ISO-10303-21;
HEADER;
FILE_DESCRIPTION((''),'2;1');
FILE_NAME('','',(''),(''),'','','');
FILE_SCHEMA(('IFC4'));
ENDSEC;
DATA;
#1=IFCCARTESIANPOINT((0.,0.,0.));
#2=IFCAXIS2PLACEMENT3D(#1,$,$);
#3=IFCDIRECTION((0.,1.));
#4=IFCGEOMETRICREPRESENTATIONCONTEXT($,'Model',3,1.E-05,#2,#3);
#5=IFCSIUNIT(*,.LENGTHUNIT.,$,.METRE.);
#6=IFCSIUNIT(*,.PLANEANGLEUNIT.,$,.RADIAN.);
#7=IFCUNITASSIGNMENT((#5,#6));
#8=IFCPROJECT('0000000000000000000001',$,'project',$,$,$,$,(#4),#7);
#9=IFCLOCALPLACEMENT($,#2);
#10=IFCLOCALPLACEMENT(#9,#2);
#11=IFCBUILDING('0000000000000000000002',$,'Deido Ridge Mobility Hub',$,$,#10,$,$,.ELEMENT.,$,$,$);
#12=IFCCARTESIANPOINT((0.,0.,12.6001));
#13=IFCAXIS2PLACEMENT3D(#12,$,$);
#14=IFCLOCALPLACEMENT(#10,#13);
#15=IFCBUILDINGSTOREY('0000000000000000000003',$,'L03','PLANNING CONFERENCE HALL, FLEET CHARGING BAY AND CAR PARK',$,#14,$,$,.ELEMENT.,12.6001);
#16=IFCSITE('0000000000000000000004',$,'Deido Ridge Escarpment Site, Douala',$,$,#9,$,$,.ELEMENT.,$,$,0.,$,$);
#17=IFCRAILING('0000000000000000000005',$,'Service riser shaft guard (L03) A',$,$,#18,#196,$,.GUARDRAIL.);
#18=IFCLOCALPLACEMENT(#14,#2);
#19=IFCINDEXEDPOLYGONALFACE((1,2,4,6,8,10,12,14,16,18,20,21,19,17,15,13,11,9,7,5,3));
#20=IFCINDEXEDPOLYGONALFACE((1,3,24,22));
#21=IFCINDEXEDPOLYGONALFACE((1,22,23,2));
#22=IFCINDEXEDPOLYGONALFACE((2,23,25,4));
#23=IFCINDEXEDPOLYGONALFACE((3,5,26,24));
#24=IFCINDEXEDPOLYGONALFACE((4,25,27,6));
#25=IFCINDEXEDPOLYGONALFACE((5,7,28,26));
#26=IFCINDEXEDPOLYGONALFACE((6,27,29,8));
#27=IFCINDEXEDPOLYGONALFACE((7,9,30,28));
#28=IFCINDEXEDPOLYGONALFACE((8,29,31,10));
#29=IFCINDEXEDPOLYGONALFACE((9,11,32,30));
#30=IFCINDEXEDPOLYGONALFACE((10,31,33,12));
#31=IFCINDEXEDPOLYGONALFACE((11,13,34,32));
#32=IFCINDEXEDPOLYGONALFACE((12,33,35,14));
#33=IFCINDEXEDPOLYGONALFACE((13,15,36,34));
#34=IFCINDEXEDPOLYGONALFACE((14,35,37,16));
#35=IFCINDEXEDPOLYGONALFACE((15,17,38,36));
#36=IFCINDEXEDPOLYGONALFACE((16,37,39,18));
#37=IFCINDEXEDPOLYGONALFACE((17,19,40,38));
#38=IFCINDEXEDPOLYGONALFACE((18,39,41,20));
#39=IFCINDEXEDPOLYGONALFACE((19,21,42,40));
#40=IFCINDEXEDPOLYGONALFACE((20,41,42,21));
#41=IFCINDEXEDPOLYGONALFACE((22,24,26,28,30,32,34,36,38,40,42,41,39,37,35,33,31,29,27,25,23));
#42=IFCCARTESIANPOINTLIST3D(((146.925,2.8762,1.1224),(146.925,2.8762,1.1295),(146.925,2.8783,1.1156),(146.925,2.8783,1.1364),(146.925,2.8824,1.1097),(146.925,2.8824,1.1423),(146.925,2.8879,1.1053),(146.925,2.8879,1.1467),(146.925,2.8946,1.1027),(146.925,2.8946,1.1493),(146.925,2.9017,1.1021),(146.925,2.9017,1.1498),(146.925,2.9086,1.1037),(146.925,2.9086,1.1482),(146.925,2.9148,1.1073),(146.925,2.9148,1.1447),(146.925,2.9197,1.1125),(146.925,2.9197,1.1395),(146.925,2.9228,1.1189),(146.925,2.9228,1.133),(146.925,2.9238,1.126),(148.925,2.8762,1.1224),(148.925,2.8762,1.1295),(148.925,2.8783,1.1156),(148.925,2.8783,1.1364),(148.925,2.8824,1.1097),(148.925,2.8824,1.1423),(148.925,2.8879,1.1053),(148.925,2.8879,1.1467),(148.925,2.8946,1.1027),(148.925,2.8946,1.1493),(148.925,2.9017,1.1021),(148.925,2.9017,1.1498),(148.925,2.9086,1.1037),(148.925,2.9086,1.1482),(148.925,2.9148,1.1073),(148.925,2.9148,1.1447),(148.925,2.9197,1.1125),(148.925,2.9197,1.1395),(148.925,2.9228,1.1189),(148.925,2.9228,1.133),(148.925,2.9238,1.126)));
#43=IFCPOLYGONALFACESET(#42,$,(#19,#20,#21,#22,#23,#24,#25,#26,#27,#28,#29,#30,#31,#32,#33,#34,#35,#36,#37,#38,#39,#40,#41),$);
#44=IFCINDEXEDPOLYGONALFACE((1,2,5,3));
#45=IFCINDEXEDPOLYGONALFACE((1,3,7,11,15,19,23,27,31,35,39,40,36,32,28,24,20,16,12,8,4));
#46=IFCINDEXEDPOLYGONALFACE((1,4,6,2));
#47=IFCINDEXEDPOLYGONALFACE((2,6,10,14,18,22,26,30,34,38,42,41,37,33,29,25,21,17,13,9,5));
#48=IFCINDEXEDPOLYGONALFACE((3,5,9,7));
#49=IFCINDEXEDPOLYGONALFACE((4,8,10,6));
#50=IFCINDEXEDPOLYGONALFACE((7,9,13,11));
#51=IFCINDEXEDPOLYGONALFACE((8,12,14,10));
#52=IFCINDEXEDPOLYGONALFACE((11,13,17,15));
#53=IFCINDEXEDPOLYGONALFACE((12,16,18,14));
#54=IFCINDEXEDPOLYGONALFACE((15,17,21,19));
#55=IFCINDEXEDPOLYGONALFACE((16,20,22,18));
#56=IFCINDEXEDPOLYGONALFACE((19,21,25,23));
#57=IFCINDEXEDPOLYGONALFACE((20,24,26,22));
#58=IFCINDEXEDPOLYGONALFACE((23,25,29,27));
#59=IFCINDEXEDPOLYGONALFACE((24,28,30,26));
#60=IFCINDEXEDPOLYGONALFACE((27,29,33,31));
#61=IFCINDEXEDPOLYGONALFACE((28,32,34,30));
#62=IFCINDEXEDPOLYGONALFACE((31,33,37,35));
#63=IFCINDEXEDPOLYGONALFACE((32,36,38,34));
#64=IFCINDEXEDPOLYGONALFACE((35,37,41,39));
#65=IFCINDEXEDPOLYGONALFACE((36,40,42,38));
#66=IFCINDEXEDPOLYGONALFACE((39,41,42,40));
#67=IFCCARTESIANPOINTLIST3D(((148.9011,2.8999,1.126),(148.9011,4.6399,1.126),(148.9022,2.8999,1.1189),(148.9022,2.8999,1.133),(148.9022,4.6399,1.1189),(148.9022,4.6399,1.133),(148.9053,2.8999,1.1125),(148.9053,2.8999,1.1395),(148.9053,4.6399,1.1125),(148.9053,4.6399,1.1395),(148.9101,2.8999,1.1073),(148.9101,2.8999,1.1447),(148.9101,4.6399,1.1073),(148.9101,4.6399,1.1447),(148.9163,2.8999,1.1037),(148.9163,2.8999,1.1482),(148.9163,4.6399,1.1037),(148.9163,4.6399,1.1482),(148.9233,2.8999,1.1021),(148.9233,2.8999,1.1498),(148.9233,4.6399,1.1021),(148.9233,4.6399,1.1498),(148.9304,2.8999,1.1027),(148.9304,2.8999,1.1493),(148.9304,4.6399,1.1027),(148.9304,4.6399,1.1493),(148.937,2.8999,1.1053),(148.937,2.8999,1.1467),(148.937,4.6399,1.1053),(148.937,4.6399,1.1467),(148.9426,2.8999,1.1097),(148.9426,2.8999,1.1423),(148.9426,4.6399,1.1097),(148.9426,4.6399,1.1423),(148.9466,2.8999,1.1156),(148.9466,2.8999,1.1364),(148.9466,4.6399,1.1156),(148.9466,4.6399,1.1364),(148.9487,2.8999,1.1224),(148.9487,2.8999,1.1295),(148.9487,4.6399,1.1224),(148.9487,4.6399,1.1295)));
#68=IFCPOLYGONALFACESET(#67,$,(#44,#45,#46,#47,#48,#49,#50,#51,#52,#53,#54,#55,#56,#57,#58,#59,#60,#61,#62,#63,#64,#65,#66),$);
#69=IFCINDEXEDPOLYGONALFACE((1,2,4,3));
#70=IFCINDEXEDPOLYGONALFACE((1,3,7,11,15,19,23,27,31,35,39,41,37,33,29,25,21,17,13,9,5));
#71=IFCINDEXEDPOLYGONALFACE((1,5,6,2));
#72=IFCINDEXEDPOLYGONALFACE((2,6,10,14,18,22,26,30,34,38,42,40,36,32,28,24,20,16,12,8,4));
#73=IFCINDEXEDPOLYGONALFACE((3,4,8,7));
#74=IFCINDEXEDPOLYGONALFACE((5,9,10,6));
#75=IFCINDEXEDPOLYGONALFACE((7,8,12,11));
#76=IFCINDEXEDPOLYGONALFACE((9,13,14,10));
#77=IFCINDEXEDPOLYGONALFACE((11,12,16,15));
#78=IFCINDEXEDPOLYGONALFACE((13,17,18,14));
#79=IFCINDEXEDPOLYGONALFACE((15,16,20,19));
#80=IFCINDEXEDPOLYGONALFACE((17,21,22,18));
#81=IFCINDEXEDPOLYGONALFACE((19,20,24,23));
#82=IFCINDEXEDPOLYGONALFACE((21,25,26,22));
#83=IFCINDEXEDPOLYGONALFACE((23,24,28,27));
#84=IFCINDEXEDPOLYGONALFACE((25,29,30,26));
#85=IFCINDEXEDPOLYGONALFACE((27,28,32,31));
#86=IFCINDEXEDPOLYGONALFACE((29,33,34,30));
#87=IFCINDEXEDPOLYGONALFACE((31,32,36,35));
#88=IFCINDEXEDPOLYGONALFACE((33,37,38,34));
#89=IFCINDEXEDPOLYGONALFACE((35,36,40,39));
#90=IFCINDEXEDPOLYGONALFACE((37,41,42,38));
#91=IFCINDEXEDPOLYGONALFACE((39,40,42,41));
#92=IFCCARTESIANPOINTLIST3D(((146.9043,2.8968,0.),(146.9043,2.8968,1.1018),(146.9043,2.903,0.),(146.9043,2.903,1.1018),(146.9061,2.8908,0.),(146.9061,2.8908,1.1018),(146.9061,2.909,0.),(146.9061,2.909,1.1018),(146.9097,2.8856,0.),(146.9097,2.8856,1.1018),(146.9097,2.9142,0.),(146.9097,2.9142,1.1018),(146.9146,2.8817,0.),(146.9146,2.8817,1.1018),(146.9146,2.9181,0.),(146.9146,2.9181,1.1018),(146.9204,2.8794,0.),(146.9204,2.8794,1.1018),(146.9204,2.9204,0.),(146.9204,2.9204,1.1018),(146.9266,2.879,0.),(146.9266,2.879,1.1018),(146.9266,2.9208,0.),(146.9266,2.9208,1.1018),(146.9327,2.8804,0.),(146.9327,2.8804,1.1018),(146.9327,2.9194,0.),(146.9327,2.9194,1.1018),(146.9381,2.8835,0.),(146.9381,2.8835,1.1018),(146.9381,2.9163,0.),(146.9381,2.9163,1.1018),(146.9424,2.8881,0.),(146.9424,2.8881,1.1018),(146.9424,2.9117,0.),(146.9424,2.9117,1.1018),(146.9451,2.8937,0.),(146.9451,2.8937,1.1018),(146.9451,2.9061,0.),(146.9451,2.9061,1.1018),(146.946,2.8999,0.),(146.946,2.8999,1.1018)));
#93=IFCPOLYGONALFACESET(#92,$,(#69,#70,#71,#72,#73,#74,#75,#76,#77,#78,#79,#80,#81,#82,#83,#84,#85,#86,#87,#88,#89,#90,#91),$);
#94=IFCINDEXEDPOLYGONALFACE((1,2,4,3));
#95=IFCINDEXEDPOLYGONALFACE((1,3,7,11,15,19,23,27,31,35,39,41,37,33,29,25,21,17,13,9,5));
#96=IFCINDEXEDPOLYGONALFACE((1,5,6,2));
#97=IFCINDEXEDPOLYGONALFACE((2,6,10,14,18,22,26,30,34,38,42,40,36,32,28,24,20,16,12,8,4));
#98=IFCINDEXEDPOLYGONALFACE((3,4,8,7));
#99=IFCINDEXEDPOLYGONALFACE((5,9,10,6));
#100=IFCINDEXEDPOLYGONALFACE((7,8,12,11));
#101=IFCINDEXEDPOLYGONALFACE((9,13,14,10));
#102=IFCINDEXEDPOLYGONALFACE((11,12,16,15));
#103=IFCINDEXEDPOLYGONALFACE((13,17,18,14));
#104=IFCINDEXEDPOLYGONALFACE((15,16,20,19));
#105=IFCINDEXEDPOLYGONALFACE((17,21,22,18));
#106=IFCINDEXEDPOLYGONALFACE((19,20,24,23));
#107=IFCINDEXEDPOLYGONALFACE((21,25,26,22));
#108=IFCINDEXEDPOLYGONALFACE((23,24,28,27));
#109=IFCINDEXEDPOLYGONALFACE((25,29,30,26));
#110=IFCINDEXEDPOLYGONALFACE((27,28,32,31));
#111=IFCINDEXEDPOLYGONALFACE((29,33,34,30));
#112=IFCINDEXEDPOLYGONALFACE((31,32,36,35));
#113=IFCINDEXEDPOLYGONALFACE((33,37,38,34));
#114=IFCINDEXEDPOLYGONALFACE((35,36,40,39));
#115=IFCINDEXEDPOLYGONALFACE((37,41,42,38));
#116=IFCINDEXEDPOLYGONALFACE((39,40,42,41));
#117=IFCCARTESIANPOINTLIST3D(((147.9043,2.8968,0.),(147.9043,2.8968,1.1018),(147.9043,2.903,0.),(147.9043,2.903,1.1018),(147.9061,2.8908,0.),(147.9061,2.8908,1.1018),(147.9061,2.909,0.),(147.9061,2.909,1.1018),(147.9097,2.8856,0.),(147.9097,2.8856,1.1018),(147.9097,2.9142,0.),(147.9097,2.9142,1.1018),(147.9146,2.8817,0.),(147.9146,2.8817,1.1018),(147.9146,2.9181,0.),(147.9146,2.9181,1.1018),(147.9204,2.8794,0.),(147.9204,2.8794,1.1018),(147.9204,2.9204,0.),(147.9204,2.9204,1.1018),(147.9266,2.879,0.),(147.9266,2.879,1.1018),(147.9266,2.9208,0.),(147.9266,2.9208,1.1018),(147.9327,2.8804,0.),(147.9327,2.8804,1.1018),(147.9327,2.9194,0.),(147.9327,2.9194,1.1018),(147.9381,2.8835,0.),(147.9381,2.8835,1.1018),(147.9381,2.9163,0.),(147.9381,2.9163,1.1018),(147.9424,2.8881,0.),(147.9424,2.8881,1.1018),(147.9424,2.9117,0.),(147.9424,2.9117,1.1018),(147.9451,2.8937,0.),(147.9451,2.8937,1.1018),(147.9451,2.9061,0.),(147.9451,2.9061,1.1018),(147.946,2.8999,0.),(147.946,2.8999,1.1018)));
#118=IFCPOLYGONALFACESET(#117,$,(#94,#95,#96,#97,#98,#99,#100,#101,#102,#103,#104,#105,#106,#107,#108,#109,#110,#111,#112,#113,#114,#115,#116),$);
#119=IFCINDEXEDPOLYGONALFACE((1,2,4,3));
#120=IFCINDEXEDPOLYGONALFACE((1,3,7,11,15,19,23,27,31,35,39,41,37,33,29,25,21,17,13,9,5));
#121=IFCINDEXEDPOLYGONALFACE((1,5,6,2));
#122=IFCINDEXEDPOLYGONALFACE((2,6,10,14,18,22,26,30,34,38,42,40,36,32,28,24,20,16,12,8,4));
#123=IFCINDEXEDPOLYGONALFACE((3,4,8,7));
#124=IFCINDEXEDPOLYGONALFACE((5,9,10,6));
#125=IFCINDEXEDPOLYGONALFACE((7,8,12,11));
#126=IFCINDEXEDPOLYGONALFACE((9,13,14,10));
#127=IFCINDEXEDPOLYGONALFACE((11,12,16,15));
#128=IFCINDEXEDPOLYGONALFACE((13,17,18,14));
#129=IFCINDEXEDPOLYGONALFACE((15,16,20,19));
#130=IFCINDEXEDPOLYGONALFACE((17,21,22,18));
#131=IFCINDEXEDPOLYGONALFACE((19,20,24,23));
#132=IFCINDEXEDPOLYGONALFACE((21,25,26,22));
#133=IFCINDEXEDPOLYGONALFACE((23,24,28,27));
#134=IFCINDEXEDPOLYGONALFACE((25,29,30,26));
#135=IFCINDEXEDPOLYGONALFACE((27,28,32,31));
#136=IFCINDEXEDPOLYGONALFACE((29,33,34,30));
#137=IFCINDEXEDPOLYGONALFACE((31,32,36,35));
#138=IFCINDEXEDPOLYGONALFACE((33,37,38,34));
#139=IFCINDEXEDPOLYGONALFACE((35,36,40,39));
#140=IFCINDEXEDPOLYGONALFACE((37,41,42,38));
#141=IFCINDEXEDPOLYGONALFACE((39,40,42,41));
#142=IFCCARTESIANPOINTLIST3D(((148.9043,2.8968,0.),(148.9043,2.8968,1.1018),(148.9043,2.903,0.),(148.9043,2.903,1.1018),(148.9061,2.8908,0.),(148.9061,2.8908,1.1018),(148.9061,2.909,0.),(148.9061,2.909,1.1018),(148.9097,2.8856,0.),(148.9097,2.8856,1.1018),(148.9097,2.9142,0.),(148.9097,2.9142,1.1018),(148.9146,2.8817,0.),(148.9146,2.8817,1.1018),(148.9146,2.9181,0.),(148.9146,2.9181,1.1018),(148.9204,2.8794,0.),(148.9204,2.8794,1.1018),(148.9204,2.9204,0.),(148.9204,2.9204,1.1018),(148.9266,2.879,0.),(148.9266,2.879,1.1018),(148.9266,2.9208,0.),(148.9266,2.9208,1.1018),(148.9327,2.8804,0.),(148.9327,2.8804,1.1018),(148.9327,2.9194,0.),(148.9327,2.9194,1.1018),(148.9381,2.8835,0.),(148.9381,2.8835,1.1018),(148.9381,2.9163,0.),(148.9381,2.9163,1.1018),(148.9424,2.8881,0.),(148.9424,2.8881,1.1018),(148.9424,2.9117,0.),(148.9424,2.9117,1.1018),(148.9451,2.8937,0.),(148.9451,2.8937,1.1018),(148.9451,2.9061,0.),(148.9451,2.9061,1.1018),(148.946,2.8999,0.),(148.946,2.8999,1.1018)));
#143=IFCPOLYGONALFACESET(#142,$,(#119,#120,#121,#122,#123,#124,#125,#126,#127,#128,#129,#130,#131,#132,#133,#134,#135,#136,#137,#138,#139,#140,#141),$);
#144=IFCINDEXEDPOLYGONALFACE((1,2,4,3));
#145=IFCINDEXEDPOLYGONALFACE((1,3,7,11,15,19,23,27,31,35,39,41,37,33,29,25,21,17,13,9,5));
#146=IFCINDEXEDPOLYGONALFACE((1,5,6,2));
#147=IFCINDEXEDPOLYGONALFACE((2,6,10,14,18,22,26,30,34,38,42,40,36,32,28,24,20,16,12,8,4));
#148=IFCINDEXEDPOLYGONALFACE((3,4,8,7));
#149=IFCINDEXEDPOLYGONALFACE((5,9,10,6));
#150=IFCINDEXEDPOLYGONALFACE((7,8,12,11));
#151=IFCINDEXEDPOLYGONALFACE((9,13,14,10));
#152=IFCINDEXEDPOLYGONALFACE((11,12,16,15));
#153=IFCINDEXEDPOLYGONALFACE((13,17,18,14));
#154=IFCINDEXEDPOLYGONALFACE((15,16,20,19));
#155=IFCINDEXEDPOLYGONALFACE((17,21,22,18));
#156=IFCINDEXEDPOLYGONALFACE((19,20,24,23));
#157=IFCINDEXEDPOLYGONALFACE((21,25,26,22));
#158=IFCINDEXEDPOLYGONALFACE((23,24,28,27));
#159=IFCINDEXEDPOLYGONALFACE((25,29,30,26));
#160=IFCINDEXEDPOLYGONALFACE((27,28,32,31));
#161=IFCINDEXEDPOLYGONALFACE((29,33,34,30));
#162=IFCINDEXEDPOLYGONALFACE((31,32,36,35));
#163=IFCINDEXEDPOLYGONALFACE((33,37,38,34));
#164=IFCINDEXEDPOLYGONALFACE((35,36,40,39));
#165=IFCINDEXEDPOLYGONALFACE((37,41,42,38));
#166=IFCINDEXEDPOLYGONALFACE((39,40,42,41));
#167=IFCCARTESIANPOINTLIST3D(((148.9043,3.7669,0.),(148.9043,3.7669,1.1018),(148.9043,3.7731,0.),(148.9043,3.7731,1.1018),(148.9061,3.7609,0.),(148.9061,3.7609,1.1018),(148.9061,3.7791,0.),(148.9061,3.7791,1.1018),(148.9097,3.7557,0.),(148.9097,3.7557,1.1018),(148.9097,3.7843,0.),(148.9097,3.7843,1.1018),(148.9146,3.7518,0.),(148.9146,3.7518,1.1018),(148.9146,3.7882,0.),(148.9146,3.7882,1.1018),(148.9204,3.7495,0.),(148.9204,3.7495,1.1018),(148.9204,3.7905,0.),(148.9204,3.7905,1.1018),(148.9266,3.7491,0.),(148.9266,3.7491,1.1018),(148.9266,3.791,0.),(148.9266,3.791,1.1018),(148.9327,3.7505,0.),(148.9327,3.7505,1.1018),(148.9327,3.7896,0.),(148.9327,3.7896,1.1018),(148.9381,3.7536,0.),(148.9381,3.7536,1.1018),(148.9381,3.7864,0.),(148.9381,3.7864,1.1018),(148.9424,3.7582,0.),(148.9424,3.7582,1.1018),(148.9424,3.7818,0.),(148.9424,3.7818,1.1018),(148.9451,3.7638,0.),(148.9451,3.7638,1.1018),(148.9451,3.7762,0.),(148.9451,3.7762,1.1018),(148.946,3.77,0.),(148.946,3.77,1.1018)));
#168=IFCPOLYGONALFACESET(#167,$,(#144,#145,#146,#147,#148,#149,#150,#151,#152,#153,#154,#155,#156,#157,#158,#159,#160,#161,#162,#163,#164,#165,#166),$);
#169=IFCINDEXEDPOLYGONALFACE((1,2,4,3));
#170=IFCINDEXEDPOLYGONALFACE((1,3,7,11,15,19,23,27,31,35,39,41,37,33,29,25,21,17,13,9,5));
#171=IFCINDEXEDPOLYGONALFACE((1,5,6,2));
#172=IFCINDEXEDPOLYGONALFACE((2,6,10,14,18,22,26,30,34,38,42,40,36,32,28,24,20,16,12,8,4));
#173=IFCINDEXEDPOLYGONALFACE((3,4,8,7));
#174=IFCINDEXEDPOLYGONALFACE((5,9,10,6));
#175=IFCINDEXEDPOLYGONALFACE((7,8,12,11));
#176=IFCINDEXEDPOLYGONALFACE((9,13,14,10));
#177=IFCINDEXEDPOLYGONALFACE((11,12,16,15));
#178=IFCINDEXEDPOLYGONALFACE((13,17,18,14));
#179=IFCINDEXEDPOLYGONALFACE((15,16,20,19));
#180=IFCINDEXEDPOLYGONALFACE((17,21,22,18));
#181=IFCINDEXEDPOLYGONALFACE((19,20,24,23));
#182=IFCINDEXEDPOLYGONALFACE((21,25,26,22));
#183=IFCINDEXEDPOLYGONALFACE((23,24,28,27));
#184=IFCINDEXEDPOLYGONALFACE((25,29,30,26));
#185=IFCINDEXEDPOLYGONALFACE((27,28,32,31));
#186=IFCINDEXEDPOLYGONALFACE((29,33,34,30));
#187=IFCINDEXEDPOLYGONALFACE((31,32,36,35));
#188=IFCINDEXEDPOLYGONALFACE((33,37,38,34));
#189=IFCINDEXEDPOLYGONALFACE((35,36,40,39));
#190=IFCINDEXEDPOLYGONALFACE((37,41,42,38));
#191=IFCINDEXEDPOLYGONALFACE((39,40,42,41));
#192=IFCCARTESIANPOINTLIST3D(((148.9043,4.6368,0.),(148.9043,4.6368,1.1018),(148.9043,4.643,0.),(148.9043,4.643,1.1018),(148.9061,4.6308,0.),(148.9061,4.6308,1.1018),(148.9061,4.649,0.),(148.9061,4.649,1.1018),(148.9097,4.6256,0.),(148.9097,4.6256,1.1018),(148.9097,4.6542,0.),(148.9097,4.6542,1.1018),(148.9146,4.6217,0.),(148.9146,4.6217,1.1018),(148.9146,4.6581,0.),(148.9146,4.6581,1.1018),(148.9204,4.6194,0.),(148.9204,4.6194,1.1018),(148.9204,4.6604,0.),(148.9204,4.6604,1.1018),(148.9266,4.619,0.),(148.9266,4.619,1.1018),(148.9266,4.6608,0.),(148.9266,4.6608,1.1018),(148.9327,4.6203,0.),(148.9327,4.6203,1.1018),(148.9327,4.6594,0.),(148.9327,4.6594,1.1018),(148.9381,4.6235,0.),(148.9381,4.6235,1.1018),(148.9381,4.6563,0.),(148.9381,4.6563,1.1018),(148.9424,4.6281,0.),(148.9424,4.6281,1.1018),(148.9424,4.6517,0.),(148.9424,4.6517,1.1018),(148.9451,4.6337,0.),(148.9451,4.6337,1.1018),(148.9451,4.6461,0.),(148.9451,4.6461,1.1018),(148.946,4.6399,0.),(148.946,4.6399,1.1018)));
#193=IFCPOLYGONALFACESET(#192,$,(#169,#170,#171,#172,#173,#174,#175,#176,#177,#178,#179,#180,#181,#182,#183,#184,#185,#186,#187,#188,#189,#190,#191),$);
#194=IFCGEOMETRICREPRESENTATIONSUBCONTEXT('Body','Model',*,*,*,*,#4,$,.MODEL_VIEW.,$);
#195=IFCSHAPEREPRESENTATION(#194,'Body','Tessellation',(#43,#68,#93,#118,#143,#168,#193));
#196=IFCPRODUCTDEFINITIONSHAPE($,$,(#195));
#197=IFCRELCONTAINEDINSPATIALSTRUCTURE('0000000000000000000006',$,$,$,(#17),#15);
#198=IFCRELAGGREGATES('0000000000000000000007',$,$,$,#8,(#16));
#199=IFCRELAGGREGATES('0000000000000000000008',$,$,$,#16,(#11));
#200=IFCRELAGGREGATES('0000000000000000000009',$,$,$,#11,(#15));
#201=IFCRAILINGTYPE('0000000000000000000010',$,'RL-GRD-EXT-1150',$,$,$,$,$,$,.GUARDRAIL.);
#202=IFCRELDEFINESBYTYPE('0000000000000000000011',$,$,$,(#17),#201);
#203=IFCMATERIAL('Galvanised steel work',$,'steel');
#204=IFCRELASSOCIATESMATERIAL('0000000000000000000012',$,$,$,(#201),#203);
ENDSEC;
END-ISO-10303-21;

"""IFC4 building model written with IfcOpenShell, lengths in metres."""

from ifc_helpers import new_model, si_unit, direction, frame, origin, origin_2d, place, context, subcontext, project, spatial, circle, extrude, material, type_object, element, save


model = new_model("IFC4")

# Units and contexts
model_context = context("Model", 3, precision=1e-05, world=origin(), true_north=direction((0.0, 1.0)))
body_context = subcontext(model_context, "Body", "Model", "MODEL_VIEW")
ifc_project = project(units=[si_unit("LENGTHUNIT", "METRE"), si_unit("PLANEANGLEUNIT", "RADIAN")], contexts=[model_context])

# Site, building, storey
site_placement = place(None, origin())
site = spatial("IfcSite", under=ifc_project, at=site_placement, Name="Deido Ridge Escarpment Site, Douala", CompositionType="ELEMENT", RefElevation=0.0)
building_placement = place(site_placement, origin())
building = spatial("IfcBuilding", under=site, at=building_placement, Name="Deido Ridge Mobility Hub", CompositionType="ELEMENT")
storey_placement = place(building_placement, frame((0.0, 0.0, 12.6001)))
storey = spatial("IfcBuildingStorey", under=building, at=storey_placement, Name="L03", Description="PLANNING CONFERENCE HALL, FLEET CHARGING BAY AND CAR PARK", CompositionType="ELEMENT", Elevation=12.6001)

# Railing
ifc_material_1 = material(Name="Galvanised steel work", Category="steel")
railing_type = type_object("IfcRailingType", Name="RL-GRD-EXT-1150", PredefinedType="GUARDRAIL", material=ifc_material_1)
railing_1_placement = place(storey_placement, frame((146.925, 2.8999, 0.0)))
element("IfcRailing", 1, at=railing_1_placement, inside=storey, type_object=railing_type, Name="Service riser shaft guard (L03) A", PredefinedType="GUARDRAIL", context=body_context, shape_type="SweptSolid", body=[
    extrude(circle(Radius=0.0239, at=origin_2d()), frame((0.0, 0.0, 1.126), z_axis=(1.0, 0.0, 0.0), x_axis=(0.0, 1.0, 0.0)), (0.0, 0.0, 1.0), 2.0),
    extrude(circle(Radius=0.0239, at=origin_2d()), frame((2.0, 0.0, 1.126), z_axis=(0.0, 1.0, 0.0), x_axis=(-1.0, 0.0, 0.0)), (0.0, 0.0, 1.0), 1.74),
    extrude(circle(Radius=0.021, at=origin_2d()), origin(), (0.0, 0.0, 1.0), 1.1018),
    extrude(circle(Radius=0.021, at=origin_2d()), frame((1.0, 0.0, 0.0)), (0.0, 0.0, 1.0), 1.1018),
    extrude(circle(Radius=0.021, at=origin_2d()), frame((2.0, 0.0, 0.0)), (0.0, 0.0, 1.0), 1.1018),
    extrude(circle(Radius=0.021, at=origin_2d()), frame((2.0, 0.8701, 0.0)), (0.0, 0.0, 1.0), 1.1018),
    extrude(circle(Radius=0.021, at=origin_2d()), frame((2.0, 1.74, 0.0)), (0.0, 0.0, 1.0), 1.1018),
])

save(model, "model.ifc")
